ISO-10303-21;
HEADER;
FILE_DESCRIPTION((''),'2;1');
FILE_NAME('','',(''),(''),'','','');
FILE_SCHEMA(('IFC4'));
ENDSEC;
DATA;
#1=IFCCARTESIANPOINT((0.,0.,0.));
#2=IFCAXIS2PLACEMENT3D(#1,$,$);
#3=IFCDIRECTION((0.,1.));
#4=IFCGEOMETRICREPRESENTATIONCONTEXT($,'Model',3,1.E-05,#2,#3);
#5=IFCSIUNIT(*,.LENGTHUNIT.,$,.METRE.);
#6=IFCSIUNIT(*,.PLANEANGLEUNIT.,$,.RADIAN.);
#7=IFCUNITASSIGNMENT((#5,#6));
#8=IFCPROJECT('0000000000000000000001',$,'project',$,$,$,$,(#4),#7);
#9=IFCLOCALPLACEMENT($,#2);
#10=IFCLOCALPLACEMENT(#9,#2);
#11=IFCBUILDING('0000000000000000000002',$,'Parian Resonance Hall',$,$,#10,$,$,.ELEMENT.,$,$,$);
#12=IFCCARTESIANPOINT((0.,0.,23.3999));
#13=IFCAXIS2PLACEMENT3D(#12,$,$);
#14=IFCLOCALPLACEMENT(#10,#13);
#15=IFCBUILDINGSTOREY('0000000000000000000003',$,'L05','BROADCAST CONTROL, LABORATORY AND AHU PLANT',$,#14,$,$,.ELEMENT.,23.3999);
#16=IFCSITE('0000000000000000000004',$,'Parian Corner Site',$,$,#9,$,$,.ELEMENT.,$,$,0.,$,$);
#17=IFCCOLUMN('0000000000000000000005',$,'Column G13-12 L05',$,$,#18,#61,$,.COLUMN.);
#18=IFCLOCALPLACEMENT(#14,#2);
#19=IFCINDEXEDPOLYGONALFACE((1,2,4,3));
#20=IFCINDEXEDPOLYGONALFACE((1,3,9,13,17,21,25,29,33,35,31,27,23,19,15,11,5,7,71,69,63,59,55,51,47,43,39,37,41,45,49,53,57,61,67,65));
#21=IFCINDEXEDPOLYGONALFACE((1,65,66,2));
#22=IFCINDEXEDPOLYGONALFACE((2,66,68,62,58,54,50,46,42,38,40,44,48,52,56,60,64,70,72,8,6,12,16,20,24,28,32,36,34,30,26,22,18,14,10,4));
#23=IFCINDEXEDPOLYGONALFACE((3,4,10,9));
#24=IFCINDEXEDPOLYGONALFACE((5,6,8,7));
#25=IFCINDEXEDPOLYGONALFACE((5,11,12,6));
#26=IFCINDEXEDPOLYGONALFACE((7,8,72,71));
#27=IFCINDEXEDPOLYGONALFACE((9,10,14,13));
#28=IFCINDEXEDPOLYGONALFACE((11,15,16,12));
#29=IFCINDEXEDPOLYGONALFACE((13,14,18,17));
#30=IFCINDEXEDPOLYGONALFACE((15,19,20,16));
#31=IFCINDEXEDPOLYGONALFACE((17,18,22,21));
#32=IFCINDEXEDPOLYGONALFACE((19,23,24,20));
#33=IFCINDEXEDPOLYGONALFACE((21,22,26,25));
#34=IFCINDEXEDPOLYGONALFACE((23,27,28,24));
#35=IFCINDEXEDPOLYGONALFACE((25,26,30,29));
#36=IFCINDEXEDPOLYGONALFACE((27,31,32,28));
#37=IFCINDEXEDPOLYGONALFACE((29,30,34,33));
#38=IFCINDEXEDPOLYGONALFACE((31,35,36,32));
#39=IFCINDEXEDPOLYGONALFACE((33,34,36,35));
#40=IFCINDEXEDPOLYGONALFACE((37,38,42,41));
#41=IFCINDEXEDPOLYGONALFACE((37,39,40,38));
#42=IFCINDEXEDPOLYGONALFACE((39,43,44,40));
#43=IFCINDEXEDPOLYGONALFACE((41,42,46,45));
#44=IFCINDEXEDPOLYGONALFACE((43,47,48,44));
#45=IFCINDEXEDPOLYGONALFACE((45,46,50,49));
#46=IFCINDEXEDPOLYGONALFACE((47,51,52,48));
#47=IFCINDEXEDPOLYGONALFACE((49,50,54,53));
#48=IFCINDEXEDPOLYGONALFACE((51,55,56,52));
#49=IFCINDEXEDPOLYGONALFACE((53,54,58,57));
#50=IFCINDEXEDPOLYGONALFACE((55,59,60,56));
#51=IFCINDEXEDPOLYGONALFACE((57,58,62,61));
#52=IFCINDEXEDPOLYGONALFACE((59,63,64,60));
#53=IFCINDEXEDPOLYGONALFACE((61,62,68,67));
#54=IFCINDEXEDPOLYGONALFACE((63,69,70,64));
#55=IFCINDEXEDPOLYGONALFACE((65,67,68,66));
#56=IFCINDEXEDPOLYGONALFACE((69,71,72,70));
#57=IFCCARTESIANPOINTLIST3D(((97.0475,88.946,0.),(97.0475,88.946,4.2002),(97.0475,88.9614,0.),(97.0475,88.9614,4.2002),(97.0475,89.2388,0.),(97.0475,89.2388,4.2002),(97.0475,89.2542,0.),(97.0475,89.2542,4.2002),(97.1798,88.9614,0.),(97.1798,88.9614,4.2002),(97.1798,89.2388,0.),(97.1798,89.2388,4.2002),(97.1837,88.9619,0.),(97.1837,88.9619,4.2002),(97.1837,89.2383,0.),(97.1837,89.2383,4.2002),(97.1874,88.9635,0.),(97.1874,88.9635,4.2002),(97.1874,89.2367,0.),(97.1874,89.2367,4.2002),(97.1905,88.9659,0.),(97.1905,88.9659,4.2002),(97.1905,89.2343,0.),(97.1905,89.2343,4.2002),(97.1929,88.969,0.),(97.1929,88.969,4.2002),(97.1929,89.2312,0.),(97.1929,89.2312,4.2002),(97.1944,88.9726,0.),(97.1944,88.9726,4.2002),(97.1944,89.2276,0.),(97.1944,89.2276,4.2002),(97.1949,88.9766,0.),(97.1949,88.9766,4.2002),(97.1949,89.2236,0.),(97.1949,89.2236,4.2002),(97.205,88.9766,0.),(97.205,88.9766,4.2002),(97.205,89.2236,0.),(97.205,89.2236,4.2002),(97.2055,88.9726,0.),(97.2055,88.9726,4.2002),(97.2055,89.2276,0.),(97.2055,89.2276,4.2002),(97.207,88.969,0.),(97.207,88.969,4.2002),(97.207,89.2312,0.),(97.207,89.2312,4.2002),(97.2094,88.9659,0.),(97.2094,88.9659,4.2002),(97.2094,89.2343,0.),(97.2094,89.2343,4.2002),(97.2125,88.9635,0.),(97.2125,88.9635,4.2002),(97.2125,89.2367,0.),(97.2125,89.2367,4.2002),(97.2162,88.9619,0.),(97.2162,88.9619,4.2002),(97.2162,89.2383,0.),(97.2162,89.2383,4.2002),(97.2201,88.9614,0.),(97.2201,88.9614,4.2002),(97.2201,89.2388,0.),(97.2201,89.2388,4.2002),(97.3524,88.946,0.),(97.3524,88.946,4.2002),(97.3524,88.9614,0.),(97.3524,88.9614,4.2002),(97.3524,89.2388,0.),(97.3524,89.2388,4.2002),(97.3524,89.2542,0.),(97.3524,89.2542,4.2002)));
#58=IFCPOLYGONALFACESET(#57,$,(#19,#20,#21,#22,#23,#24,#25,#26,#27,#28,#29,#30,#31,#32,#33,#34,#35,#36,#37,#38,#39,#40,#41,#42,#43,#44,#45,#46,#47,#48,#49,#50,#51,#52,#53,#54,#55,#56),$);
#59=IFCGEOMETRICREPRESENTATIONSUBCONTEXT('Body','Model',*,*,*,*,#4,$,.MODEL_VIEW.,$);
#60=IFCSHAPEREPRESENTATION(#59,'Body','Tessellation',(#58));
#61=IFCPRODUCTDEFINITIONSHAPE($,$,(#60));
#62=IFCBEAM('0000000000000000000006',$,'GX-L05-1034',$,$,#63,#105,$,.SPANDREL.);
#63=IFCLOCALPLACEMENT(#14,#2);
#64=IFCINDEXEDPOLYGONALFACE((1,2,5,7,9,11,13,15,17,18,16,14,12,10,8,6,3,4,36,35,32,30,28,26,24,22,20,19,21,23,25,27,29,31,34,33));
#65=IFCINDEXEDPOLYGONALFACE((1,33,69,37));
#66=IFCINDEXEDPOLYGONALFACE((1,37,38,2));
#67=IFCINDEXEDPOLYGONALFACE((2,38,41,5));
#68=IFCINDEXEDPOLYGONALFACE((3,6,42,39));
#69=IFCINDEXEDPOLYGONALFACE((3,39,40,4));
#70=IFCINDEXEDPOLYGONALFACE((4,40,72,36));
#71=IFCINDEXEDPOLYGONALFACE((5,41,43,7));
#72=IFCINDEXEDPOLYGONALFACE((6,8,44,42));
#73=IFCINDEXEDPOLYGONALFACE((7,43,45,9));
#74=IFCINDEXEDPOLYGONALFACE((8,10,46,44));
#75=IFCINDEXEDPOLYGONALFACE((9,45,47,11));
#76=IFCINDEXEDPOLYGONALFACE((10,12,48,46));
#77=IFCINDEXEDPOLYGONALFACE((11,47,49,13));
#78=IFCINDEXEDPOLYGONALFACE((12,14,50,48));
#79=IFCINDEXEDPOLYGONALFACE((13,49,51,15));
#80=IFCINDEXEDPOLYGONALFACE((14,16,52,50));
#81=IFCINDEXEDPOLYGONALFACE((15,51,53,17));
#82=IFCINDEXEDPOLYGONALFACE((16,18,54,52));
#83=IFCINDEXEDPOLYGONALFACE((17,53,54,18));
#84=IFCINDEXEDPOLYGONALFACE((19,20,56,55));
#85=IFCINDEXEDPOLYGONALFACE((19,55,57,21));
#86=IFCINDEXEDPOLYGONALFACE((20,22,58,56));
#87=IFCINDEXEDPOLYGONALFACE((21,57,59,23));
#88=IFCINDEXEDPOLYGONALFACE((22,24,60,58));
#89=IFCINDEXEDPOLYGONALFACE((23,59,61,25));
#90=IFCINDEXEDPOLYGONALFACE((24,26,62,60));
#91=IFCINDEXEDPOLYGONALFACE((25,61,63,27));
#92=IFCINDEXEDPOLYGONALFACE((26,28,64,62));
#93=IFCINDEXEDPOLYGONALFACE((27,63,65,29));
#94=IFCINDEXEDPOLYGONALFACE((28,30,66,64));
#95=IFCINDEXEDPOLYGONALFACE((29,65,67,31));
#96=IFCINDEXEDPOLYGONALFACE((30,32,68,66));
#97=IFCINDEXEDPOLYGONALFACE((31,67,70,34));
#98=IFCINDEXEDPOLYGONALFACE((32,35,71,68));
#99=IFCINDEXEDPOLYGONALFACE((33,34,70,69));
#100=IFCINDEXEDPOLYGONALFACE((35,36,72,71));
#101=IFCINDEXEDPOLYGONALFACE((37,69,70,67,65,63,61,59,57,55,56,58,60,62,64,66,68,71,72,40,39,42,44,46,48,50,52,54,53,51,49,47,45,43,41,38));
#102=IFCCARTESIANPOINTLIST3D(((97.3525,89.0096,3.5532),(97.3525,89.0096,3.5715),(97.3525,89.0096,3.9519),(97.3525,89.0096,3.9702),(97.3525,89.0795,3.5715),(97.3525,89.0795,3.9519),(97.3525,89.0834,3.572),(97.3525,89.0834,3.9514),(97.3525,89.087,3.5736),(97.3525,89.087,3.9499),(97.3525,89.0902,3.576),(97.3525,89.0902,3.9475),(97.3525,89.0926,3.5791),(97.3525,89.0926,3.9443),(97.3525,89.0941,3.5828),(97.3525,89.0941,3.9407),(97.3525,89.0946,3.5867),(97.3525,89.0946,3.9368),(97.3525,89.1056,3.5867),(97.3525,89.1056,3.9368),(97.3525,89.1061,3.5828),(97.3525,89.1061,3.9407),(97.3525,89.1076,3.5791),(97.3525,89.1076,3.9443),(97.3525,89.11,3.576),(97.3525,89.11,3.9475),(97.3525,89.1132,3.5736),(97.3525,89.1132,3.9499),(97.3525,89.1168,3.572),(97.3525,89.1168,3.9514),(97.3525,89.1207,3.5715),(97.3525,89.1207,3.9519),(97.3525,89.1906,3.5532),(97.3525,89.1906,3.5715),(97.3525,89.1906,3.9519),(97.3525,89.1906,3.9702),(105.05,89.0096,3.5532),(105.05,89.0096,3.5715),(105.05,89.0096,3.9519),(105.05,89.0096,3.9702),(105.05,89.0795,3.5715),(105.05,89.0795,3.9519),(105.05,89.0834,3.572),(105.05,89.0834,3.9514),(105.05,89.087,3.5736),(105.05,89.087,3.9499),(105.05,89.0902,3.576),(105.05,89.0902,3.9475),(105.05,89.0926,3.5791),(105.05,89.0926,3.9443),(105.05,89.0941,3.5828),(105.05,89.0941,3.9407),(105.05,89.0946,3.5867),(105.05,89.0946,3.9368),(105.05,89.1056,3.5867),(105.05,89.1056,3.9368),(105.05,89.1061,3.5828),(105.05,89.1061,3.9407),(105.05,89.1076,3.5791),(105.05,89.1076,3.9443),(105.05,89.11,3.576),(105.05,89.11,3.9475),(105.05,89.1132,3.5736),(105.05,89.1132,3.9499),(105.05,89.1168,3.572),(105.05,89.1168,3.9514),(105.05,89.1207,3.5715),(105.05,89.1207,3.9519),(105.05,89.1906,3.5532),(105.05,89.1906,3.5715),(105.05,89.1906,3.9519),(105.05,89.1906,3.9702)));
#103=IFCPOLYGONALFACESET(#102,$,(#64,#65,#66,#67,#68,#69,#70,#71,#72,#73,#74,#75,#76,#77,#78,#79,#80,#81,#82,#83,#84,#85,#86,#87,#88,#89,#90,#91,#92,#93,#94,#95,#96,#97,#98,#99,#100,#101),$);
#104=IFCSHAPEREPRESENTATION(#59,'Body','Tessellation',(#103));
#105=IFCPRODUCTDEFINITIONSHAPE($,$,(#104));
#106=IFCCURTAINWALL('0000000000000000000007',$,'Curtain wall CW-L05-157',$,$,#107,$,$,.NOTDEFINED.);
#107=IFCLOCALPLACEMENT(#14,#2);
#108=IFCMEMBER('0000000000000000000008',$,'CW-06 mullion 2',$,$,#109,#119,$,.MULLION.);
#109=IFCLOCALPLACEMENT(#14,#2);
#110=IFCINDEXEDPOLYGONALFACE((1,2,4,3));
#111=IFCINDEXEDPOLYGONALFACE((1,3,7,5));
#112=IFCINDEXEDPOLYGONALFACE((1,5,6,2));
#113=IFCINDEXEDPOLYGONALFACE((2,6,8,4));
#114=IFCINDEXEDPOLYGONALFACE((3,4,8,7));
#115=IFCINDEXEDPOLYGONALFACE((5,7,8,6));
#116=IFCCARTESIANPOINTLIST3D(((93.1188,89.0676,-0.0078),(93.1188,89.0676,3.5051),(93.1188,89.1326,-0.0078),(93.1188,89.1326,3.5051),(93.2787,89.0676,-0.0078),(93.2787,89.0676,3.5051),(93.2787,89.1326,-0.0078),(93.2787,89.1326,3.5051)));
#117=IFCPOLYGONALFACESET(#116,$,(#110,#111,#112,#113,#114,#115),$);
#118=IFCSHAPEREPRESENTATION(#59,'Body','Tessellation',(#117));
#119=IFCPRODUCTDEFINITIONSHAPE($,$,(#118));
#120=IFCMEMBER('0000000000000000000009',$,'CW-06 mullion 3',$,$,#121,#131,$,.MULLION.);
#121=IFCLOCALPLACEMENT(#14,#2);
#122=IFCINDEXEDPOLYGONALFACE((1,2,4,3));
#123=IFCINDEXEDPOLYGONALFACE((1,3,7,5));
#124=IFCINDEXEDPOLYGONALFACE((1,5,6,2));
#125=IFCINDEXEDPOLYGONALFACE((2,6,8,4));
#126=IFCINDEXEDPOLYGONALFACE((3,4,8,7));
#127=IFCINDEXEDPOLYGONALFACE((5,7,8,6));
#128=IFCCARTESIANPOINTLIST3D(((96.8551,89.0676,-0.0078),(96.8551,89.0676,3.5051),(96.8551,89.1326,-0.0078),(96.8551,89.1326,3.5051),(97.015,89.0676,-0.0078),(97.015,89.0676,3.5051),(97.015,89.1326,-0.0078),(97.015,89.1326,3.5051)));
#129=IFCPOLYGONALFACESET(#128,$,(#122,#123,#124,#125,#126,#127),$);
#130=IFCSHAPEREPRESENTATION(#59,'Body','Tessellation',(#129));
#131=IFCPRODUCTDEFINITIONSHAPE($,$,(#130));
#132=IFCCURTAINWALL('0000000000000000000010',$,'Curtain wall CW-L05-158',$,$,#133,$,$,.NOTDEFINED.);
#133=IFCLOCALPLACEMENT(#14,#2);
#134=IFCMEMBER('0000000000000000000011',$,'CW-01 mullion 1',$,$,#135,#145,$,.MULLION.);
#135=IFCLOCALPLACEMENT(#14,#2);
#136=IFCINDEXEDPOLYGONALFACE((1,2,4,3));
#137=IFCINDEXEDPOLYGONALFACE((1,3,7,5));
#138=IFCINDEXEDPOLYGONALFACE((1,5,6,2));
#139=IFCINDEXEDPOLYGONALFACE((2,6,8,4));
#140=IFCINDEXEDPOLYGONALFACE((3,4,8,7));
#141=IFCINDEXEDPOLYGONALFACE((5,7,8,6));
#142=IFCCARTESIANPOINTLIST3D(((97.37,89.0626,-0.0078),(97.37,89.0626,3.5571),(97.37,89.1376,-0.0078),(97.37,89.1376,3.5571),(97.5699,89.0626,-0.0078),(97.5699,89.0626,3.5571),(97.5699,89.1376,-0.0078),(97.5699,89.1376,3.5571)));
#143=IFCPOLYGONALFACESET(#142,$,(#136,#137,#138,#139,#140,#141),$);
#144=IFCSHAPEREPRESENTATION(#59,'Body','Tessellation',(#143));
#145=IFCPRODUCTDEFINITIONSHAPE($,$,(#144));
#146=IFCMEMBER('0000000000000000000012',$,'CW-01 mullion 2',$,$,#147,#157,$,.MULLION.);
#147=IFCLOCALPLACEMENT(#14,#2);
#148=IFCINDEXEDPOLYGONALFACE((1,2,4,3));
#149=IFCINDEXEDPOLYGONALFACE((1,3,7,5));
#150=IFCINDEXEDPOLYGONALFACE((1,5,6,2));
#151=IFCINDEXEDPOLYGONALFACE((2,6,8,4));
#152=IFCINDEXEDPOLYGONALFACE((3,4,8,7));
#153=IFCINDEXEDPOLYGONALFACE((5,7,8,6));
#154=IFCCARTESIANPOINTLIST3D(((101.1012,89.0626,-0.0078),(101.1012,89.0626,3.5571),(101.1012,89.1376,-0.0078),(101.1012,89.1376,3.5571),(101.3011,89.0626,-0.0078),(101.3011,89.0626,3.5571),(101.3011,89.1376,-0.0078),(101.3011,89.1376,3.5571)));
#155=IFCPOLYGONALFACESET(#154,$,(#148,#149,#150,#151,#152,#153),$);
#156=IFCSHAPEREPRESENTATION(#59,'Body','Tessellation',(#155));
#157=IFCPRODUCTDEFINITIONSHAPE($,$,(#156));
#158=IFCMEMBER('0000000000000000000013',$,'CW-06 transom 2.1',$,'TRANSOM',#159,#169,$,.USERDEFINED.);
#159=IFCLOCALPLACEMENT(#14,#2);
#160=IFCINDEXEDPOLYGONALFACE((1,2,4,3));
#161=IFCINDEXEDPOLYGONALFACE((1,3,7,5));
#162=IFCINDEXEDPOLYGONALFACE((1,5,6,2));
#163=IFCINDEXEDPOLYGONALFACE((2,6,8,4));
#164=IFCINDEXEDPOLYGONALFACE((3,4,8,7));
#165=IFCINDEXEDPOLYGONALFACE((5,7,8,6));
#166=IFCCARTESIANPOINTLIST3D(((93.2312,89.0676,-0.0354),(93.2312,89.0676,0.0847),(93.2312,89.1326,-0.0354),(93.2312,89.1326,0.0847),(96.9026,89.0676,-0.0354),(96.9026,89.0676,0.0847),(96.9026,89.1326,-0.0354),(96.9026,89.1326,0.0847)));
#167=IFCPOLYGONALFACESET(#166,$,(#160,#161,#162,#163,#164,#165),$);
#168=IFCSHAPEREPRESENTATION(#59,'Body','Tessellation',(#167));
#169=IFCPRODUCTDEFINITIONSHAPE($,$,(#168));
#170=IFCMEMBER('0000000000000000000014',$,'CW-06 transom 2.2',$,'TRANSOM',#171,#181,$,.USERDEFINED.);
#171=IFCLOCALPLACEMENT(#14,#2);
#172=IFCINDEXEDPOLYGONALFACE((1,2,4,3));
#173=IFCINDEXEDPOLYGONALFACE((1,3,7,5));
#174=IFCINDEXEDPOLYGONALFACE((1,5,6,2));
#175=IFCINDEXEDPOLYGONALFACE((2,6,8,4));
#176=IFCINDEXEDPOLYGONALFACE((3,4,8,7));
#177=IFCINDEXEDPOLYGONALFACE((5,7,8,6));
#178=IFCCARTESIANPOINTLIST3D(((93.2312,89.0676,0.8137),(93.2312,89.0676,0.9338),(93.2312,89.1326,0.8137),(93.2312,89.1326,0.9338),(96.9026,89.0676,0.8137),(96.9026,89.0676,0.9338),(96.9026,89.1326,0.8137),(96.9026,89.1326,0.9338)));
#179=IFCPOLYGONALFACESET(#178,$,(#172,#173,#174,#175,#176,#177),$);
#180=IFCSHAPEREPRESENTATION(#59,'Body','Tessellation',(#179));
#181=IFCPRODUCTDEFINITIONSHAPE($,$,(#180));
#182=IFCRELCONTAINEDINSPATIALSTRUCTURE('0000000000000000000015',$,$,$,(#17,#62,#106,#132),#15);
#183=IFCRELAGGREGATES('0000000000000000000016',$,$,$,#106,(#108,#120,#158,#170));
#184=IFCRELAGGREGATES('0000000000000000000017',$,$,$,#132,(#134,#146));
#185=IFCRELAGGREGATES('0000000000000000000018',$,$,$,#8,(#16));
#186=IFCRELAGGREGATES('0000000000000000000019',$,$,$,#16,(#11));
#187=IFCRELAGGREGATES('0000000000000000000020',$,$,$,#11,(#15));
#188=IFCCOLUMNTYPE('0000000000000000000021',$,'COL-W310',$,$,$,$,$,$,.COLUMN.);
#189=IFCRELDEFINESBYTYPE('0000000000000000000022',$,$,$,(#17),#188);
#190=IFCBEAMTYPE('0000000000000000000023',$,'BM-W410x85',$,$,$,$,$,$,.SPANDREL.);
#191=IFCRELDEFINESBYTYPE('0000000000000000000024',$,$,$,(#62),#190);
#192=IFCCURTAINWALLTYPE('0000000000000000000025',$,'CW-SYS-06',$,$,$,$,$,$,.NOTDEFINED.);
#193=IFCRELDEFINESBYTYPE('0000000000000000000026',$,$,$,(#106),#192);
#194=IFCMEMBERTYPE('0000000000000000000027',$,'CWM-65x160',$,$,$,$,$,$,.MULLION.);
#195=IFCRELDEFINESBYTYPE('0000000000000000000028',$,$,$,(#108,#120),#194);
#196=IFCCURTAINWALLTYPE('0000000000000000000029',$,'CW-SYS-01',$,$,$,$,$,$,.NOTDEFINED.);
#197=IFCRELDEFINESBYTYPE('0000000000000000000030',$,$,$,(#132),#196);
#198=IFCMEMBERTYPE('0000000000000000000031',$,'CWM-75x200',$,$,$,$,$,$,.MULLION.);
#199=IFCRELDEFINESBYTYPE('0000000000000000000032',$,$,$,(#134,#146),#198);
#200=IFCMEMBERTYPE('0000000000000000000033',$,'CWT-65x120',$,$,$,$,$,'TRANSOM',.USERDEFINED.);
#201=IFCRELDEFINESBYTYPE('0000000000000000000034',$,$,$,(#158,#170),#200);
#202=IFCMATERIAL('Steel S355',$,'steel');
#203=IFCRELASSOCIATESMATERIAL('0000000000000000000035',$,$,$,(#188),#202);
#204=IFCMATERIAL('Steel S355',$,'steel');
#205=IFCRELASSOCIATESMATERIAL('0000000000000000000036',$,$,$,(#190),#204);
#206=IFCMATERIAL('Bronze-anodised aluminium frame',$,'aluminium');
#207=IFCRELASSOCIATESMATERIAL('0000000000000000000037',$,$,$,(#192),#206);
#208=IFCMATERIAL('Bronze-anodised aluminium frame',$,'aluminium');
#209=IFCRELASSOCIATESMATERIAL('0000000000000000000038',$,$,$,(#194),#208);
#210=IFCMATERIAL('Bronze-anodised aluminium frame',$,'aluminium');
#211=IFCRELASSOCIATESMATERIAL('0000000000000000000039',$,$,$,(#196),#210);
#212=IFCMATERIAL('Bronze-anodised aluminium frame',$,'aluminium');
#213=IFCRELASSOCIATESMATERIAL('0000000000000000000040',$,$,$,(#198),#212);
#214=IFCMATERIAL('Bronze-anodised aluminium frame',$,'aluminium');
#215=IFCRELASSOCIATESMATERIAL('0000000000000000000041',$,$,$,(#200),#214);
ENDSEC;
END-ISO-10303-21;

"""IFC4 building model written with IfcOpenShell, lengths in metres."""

from ifc_helpers import new_model, si_unit, direction, frame, origin, origin_2d, place, context, subcontext, project, spatial, rectangle, i_section, extrude, material, material_profile, profile_set, type_object, element, aggregate, save


model = new_model("IFC4")

# Units and contexts
model_context = context("Model", 3, precision=1e-05, world=origin(), true_north=direction((0.0, 1.0)))
body_context = subcontext(model_context, "Body", "Model", "MODEL_VIEW")
ifc_project = project(units=[si_unit("LENGTHUNIT", "METRE"), si_unit("PLANEANGLEUNIT", "RADIAN")], contexts=[model_context])

# Site, building, storey
site_placement = place(None, origin())
site = spatial("IfcSite", under=ifc_project, at=site_placement, Name="Parian Corner Site", CompositionType="ELEMENT", RefElevation=0.0)
building_placement = place(site_placement, origin())
building = spatial("IfcBuilding", under=site, at=building_placement, Name="Parian Resonance Hall", CompositionType="ELEMENT")
storey_placement = place(building_placement, frame((0.0, 0.0, 23.3999)))
storey = spatial("IfcBuildingStorey", under=building, at=storey_placement, Name="L05", Description="BROADCAST CONTROL, LABORATORY AND AHU PLANT", CompositionType="ELEMENT", Elevation=23.3999)

# Column
ifc_material_1 = material(Name="Steel S355", Category="steel")
ifc_material_profile_1 = material_profile(ifc_material_1, i_section(OverallWidth=0.3049, OverallDepth=0.3081, WebThickness=0.01, FlangeThickness=0.0154, FilletRadius=0.0151, at=origin_2d()), Name="W310x97")
ifc_profile_set_1 = profile_set([ifc_material_profile_1], Name="Steel S355")
column_type = type_object("IfcColumnType", Name="COL-W310", PredefinedType="COLUMN", material=ifc_profile_set_1)
column_placement = place(storey_placement, frame((97.2, 89.1001, 0.0), z_axis=(0.0, 0.0, 1.0), x_axis=(1.0, 0.0, 0.0)))
element("IfcColumn", 1, at=column_placement, inside=storey, type_object=column_type, Name="Column G13-12 L05", PredefinedType="COLUMN", context=body_context, shape_type="SweptSolid", body=[
    extrude(i_section(OverallWidth=0.3049, OverallDepth=0.3081, WebThickness=0.01, FlangeThickness=0.0154, FilletRadius=0.0151, at=origin_2d()), origin(), (0.0, 0.0, 1.0), 4.2002),
])

# Beam
ifc_material_2 = material(Name="Steel S355", Category="steel")
ifc_material_profile_2 = material_profile(ifc_material_2, i_section(OverallWidth=0.1809, OverallDepth=0.417, WebThickness=0.011, FlangeThickness=0.0183, FilletRadius=0.0151, at=origin_2d()), Name="W410x85")
ifc_profile_set_2 = profile_set([ifc_material_profile_2], Name="Steel S355")
beam_type = type_object("IfcBeamType", Name="BM-W410x85", PredefinedType="SPANDREL", material=ifc_profile_set_2)
beam_placement = place(storey_placement, frame((97.3525, 89.1001, 3.7617), z_axis=(1.0, 0.0, 0.0), x_axis=(0.0, 1.0, 0.0)))
element("IfcBeam", 2, at=beam_placement, inside=storey, type_object=beam_type, Name="GX-L05-1034", PredefinedType="SPANDREL", context=body_context, shape_type="SweptSolid", body=[
    extrude(i_section(OverallWidth=0.1809, OverallDepth=0.417, WebThickness=0.011, FlangeThickness=0.0183, FilletRadius=0.0151, at=origin_2d()), origin(), (0.0, 0.0, 1.0), 7.6975),
])

# Curtain walls, members
ifc_material_3 = material(Name="Bronze-anodised aluminium frame", Category="aluminium")
curtain_wall_type_1 = type_object("IfcCurtainWallType", Name="CW-SYS-06", PredefinedType="NOTDEFINED", material=ifc_material_3)
curtain_wall_1_placement = place(storey_placement, origin())
curtain_wall_1 = element("IfcCurtainWall", 3, at=curtain_wall_1_placement, inside=storey, type_object=curtain_wall_type_1, Name="Curtain wall CW-L05-157", PredefinedType="NOTDEFINED")
ifc_material_4 = material(Name="Bronze-anodised aluminium frame", Category="aluminium")
ifc_material_profile_3 = material_profile(ifc_material_4, rectangle(XDim=0.0649, YDim=0.1599, at=origin_2d()), Name="CWM-65x160")
ifc_profile_set_3 = profile_set([ifc_material_profile_3], Name="Bronze-anodised aluminium frame")
member_type_1 = type_object("IfcMemberType", Name="CWM-65x160", PredefinedType="MULLION", material=ifc_profile_set_3)
member_1_placement = place(storey_placement, frame((93.1987, 89.1001, -0.0078), z_axis=(0.0, 0.0, 1.0), x_axis=(0.0, 1.0, 0.0)))
member_1 = element("IfcMember", 4, at=member_1_placement, type_object=member_type_1, Name="CW-06 mullion 2", PredefinedType="MULLION", context=body_context, shape_type="SweptSolid", body=[
    extrude(rectangle(XDim=0.0649, YDim=0.1599, at=origin_2d()), origin(), (0.0, 0.0, 1.0), 3.5129),
])
member_2_placement = place(storey_placement, frame((96.9351, 89.1001, -0.0078), z_axis=(0.0, 0.0, 1.0), x_axis=(0.0, 1.0, 0.0)))
member_2 = element("IfcMember", 5, at=member_2_placement, type_object=member_type_1, Name="CW-06 mullion 3", PredefinedType="MULLION", context=body_context, shape_type="SweptSolid", body=[
    extrude(rectangle(XDim=0.0649, YDim=0.1599, at=origin_2d()), origin(), (0.0, 0.0, 1.0), 3.5129),
])
ifc_material_5 = material(Name="Bronze-anodised aluminium frame", Category="aluminium")
curtain_wall_type_2 = type_object("IfcCurtainWallType", Name="CW-SYS-01", PredefinedType="NOTDEFINED", material=ifc_material_5)
curtain_wall_2_placement = place(storey_placement, origin())
curtain_wall_2 = element("IfcCurtainWall", 6, at=curtain_wall_2_placement, inside=storey, type_object=curtain_wall_type_2, Name="Curtain wall CW-L05-158", PredefinedType="NOTDEFINED")
ifc_material_6 = material(Name="Bronze-anodised aluminium frame", Category="aluminium")
ifc_material_profile_4 = material_profile(ifc_material_6, rectangle(XDim=0.075, YDim=0.2, at=origin_2d()), Name="CWM-75x200")
ifc_profile_set_4 = profile_set([ifc_material_profile_4], Name="Bronze-anodised aluminium frame")
member_type_2 = type_object("IfcMemberType", Name="CWM-75x200", PredefinedType="MULLION", material=ifc_profile_set_4)
member_3_placement = place(storey_placement, frame((97.47, 89.1001, -0.0078), z_axis=(0.0, 0.0, 1.0), x_axis=(0.0, 1.0, 0.0)))
member_3 = element("IfcMember", 7, at=member_3_placement, type_object=member_type_2, Name="CW-01 mullion 1", PredefinedType="MULLION", context=body_context, shape_type="SweptSolid", body=[
    extrude(rectangle(XDim=0.075, YDim=0.2, at=origin_2d()), origin(), (0.0, 0.0, 1.0), 3.5649),
])
member_4_placement = place(storey_placement, frame((101.2012, 89.1001, -0.0078), z_axis=(0.0, 0.0, 1.0), x_axis=(0.0, 1.0, 0.0)))
member_4 = element("IfcMember", 8, at=member_4_placement, type_object=member_type_2, Name="CW-01 mullion 2", PredefinedType="MULLION", context=body_context, shape_type="SweptSolid", body=[
    extrude(rectangle(XDim=0.075, YDim=0.2, at=origin_2d()), origin(), (0.0, 0.0, 1.0), 3.5649),
])

# Members
ifc_material_7 = material(Name="Bronze-anodised aluminium frame", Category="aluminium")
ifc_material_profile_5 = material_profile(ifc_material_7, rectangle(XDim=0.0649, YDim=0.1201, at=origin_2d()), Name="CWT-65x120")
ifc_profile_set_5 = profile_set([ifc_material_profile_5], Name="Bronze-anodised aluminium frame")
member_type_3 = type_object("IfcMemberType", Name="CWT-65x120", ElementType="TRANSOM", PredefinedType="USERDEFINED", material=ifc_profile_set_5)
member_5_placement = place(storey_placement, frame((93.2312, 89.1001, 0.0247), z_axis=(1.0, 0.0, 0.0), x_axis=(0.0, 1.0, 0.0)))
member_5 = element("IfcMember", 9, at=member_5_placement, type_object=member_type_3, Name="CW-06 transom 2.1", ObjectType="TRANSOM", PredefinedType="USERDEFINED", context=body_context, shape_type="SweptSolid", body=[
    extrude(rectangle(XDim=0.0649, YDim=0.1201, at=origin_2d()), origin(), (0.0, 0.0, 1.0), 3.6714),
])
member_6_placement = place(storey_placement, frame((93.2312, 89.1001, 0.8738), z_axis=(1.0, 0.0, 0.0), x_axis=(0.0, 1.0, 0.0)))
member_6 = element("IfcMember", 10, at=member_6_placement, type_object=member_type_3, Name="CW-06 transom 2.2", ObjectType="TRANSOM", PredefinedType="USERDEFINED", context=body_context, shape_type="SweptSolid", body=[
    extrude(rectangle(XDim=0.0649, YDim=0.1201, at=origin_2d()), origin(), (0.0, 0.0, 1.0), 3.6714),
])

aggregate(curtain_wall_1, [member_1, member_2, member_5, member_6])
aggregate(curtain_wall_2, [member_3, member_4])

save(model, "model.ifc")
